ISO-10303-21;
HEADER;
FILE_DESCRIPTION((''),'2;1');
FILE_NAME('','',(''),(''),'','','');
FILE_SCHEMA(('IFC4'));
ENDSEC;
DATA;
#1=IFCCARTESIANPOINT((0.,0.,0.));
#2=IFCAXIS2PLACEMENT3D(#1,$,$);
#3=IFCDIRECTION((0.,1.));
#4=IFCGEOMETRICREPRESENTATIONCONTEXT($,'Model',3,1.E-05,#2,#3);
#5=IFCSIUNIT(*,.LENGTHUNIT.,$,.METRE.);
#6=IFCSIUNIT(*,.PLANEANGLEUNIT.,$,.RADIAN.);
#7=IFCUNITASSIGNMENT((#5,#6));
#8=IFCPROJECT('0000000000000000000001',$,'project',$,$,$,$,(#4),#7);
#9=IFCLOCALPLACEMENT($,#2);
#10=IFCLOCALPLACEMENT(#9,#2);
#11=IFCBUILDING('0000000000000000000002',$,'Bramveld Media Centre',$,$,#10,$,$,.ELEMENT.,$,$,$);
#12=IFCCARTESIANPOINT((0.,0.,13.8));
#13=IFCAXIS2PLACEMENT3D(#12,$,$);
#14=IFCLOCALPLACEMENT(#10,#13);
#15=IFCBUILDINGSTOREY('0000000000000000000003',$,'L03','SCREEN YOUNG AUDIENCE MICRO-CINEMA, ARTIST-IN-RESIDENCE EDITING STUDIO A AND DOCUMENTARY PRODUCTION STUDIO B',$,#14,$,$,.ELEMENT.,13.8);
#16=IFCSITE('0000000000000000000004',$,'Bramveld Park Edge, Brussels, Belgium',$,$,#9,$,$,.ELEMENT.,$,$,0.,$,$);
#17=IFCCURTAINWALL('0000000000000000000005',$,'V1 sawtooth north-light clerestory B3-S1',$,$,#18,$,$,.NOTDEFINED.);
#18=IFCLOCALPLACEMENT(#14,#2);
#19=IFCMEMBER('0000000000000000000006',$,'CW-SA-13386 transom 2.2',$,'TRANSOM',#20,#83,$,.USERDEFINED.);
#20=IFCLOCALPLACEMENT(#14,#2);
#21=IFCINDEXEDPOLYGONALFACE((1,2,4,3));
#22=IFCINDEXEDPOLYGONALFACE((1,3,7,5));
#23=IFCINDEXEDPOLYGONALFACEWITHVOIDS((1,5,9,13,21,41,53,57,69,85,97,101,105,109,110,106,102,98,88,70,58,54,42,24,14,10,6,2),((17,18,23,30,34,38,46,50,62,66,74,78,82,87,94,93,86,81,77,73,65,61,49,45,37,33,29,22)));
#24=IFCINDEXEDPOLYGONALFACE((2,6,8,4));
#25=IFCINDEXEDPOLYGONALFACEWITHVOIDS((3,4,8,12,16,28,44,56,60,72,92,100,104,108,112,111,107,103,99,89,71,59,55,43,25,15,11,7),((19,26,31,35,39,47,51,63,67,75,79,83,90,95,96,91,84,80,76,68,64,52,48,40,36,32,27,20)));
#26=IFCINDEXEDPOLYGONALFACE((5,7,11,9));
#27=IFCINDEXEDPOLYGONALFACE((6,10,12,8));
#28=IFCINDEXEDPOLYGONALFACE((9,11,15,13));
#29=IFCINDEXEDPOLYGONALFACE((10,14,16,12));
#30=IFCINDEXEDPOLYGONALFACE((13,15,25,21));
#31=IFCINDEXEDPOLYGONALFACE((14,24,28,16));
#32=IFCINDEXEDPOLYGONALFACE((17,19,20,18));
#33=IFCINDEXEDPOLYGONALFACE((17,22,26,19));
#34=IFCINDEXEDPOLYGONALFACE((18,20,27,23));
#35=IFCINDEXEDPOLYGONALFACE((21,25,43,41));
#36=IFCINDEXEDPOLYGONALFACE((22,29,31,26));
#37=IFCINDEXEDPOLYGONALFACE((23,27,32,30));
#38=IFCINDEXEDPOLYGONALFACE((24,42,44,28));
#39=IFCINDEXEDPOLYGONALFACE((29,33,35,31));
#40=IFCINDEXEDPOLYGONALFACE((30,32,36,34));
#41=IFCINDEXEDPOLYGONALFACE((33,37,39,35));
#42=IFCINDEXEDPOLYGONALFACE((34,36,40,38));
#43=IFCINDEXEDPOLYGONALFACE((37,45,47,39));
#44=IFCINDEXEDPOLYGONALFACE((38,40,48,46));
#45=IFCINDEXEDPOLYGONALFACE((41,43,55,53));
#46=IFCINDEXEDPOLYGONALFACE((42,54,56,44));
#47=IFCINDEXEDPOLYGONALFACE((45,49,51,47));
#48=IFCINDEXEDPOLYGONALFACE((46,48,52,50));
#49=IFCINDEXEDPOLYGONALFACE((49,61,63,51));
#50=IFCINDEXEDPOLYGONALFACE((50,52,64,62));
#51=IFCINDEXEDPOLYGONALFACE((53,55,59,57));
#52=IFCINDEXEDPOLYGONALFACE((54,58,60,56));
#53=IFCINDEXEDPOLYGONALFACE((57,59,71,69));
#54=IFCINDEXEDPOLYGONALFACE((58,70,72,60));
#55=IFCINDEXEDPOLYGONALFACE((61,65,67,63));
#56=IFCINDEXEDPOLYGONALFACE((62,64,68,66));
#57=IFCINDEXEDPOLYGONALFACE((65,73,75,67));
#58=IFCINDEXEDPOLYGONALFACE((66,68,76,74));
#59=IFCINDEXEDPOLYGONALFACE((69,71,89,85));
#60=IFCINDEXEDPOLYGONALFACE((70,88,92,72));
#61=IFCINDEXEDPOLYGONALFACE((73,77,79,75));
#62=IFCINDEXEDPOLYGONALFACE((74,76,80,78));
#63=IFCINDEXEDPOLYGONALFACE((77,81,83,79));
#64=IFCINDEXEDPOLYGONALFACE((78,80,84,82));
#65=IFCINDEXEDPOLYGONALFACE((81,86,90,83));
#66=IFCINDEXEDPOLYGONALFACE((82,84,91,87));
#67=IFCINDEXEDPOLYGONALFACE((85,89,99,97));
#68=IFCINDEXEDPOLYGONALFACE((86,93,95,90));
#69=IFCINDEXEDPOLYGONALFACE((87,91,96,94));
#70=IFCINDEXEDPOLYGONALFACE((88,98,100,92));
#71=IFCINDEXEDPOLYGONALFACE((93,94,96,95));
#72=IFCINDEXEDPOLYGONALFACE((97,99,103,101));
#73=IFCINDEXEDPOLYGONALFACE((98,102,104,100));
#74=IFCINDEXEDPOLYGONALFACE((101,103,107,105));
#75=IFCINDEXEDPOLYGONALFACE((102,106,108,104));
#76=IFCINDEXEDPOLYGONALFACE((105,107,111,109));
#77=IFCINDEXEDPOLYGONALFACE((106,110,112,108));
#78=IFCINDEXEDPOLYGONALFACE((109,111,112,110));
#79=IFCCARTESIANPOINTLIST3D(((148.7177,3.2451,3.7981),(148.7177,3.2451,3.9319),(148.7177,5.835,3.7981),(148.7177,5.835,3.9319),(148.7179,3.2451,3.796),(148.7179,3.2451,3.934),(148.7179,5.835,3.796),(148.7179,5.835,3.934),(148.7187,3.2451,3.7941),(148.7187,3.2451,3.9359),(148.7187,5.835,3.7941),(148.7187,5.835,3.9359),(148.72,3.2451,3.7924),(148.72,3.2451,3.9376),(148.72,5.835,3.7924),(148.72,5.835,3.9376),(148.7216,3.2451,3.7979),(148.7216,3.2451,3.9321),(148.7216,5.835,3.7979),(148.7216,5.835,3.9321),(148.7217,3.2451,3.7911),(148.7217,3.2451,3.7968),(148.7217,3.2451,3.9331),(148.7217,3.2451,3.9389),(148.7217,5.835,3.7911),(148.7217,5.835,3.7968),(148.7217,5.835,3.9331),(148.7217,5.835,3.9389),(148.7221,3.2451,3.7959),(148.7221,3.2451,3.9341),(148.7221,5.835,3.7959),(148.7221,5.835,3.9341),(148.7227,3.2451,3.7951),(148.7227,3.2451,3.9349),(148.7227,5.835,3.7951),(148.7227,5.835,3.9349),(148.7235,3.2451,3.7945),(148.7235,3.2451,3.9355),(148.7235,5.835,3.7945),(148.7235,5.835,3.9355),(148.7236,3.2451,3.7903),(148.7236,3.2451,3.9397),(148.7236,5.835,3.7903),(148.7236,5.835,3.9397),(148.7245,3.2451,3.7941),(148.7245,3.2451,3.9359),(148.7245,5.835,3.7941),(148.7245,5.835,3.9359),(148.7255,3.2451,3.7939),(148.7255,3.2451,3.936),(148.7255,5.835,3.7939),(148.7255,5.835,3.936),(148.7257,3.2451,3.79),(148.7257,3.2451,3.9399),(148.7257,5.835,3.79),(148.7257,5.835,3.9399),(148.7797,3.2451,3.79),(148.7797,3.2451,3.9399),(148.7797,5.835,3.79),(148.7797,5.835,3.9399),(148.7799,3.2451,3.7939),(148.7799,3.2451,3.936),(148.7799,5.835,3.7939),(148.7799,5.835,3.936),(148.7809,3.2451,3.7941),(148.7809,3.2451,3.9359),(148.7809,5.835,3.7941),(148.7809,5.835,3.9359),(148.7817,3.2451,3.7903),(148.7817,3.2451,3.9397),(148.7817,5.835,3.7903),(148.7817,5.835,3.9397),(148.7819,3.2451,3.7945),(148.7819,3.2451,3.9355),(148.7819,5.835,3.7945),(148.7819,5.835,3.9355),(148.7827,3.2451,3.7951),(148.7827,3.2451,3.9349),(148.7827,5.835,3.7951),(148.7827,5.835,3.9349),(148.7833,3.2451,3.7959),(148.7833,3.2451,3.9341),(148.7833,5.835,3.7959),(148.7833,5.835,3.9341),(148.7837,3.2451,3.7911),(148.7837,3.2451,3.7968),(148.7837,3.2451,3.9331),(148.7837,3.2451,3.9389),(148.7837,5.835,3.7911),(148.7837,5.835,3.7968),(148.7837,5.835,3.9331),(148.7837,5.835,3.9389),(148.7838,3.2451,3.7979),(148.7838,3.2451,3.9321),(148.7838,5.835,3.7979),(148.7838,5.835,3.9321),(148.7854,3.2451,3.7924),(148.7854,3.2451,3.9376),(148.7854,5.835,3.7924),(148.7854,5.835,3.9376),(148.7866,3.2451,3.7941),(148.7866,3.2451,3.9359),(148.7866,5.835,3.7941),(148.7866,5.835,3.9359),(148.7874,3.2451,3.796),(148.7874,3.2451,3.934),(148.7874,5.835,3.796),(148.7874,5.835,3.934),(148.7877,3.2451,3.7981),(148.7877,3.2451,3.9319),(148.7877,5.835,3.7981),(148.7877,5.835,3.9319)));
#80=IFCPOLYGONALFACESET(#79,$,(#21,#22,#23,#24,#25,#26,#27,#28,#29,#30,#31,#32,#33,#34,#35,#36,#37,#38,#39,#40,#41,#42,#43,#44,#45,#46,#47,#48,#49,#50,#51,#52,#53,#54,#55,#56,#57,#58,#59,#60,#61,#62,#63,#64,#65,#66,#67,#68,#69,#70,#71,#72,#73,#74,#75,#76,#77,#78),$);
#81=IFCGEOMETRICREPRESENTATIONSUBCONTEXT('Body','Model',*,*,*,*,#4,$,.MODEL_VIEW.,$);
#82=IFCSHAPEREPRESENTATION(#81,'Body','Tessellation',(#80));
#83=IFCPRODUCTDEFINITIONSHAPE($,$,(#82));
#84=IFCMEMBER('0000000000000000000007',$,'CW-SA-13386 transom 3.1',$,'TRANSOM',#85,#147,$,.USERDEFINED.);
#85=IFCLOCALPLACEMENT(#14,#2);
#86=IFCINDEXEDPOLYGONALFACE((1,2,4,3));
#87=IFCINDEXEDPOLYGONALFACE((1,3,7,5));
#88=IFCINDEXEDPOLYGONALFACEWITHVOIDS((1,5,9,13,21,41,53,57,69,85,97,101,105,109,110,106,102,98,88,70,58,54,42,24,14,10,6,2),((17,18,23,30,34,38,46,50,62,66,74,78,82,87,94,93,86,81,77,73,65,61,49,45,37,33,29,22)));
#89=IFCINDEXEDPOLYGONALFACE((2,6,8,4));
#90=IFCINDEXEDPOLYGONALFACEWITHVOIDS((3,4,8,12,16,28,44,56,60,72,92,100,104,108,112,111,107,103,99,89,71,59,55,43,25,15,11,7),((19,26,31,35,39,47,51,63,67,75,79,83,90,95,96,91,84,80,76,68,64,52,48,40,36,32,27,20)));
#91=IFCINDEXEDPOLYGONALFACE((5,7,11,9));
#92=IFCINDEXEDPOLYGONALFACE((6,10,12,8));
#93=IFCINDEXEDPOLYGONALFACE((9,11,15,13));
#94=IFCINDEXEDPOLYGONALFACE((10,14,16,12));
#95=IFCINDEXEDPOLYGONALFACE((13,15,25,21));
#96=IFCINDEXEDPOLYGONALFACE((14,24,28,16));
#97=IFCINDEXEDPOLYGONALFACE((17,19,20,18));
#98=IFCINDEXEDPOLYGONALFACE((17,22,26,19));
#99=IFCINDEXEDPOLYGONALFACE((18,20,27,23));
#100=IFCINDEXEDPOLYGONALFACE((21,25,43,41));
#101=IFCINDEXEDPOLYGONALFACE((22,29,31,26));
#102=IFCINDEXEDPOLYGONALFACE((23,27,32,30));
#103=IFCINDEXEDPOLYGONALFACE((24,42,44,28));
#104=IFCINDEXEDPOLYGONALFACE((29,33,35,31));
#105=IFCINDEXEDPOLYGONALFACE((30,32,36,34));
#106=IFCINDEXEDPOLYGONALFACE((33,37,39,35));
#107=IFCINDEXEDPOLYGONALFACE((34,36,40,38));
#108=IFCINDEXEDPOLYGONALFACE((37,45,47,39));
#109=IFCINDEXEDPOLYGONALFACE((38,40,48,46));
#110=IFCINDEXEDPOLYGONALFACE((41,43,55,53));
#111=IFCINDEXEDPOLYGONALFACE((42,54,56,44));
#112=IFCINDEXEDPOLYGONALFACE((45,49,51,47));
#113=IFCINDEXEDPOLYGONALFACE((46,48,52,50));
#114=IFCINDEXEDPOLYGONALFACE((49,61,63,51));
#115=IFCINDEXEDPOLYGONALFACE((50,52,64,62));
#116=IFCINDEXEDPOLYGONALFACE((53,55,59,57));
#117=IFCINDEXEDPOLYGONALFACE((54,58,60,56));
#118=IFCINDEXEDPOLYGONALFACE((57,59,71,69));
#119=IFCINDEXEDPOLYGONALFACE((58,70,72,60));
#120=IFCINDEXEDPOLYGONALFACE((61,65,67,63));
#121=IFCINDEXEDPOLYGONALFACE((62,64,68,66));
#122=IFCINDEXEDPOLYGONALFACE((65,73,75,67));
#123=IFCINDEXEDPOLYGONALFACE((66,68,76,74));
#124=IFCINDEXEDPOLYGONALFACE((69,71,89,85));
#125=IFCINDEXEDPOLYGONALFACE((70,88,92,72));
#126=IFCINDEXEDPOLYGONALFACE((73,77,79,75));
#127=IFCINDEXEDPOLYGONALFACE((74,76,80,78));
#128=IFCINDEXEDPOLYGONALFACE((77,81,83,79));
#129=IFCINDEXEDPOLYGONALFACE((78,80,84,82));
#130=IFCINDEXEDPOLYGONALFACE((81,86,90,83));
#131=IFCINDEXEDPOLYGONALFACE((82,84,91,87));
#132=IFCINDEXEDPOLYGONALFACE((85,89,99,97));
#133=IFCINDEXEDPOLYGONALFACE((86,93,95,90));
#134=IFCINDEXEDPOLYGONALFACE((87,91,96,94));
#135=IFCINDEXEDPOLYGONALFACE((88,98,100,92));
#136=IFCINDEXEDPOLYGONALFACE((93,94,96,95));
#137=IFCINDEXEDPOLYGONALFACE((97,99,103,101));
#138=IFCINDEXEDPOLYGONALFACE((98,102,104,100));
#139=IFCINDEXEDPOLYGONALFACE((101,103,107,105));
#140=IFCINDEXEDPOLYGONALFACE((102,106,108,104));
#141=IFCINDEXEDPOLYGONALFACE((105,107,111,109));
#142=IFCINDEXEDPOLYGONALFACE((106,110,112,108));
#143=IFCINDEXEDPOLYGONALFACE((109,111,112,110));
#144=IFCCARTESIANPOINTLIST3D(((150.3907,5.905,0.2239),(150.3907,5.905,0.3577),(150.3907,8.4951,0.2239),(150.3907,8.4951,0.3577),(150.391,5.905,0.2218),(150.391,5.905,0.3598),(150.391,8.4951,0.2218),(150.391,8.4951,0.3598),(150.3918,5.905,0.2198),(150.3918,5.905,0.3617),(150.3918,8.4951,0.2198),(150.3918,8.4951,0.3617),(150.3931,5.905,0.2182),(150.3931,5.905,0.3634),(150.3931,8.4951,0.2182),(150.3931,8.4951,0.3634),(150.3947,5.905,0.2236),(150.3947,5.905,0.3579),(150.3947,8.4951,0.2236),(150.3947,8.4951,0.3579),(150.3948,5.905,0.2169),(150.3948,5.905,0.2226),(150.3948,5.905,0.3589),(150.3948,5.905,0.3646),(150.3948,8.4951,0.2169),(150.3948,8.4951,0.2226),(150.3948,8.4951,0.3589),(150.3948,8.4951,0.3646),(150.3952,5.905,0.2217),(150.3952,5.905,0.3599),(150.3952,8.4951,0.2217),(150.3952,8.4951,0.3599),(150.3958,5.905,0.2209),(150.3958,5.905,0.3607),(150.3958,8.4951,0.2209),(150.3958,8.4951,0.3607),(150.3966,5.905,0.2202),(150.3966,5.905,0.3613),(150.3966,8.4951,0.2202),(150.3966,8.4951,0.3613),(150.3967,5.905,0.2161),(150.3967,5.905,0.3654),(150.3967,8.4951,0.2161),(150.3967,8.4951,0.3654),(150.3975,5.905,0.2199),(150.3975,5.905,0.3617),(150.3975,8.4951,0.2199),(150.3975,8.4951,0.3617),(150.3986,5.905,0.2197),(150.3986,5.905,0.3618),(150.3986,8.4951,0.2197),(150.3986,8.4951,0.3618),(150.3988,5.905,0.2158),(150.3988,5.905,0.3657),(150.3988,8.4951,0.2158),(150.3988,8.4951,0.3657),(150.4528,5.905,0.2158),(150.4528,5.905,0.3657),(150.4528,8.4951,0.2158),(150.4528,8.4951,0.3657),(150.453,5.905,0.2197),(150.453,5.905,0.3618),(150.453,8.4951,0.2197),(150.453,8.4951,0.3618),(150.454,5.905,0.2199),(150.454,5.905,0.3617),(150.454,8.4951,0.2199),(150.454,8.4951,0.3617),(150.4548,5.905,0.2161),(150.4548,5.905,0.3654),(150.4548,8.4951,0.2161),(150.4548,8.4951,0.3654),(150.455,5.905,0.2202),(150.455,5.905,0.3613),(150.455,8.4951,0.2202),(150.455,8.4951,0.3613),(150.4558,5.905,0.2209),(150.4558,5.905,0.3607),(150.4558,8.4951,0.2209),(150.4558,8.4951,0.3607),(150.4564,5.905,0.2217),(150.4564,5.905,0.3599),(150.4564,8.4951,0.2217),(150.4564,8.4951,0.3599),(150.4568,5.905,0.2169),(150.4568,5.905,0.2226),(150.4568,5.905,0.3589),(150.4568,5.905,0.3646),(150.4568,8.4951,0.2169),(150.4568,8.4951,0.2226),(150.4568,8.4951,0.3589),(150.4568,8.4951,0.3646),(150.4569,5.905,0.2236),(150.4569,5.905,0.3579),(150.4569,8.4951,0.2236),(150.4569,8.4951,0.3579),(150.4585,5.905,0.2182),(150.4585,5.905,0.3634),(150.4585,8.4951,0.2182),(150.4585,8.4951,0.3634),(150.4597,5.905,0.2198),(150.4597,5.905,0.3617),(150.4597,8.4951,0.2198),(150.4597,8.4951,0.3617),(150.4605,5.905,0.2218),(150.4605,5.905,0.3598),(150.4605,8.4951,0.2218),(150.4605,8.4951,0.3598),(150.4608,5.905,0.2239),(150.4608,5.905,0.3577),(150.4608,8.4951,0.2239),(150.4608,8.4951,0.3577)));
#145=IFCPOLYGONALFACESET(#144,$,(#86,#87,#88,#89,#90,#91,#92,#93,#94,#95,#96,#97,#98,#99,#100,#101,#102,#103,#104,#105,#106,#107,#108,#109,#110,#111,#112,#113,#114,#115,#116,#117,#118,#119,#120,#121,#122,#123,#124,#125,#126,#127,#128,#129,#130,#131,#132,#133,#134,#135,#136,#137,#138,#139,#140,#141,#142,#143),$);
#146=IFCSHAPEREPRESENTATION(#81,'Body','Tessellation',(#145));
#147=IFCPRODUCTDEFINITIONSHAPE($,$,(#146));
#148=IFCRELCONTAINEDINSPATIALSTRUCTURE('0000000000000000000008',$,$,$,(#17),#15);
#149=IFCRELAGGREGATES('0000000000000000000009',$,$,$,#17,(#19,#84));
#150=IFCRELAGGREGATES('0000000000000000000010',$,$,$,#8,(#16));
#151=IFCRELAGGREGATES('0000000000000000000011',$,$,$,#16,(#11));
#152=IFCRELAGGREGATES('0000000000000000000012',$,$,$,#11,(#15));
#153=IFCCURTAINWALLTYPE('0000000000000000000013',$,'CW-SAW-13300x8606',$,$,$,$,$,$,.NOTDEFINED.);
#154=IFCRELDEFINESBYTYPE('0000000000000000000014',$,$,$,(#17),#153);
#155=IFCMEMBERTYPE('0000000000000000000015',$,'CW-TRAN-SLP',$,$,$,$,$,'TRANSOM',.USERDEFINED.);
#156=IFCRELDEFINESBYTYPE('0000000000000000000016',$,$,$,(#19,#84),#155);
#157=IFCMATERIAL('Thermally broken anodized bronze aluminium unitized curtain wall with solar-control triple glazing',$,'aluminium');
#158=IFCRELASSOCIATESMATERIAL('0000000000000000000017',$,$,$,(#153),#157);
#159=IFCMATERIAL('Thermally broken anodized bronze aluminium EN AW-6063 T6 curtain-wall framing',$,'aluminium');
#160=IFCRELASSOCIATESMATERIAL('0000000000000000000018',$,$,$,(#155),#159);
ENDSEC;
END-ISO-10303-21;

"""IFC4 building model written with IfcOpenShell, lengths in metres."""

from ifc_helpers import new_model, si_unit, direction, frame, origin, origin_2d, place, context, subcontext, project, spatial, hollow_rectangle, extrude, material, material_profile, profile_set, type_object, element, aggregate, save


model = new_model("IFC4")

# Units and contexts
model_context = context("Model", 3, precision=1e-05, world=origin(), true_north=direction((0.0, 1.0)))
body_context = subcontext(model_context, "Body", "Model", "MODEL_VIEW")
ifc_project = project(units=[si_unit("LENGTHUNIT", "METRE"), si_unit("PLANEANGLEUNIT", "RADIAN")], contexts=[model_context])

# Site, building, storey
site_placement = place(None, origin())
site = spatial("IfcSite", under=ifc_project, at=site_placement, Name="Bramveld Park Edge, Brussels, Belgium", CompositionType="ELEMENT", RefElevation=0.0)
building_placement = place(site_placement, origin())
building = spatial("IfcBuilding", under=site, at=building_placement, Name="Bramveld Media Centre", CompositionType="ELEMENT")
storey_placement = place(building_placement, frame((0.0, 0.0, 13.8)))
storey = spatial("IfcBuildingStorey", under=building, at=storey_placement, Name="L03", Description="SCREEN YOUNG AUDIENCE MICRO-CINEMA, ARTIST-IN-RESIDENCE EDITING STUDIO A AND DOCUMENTARY PRODUCTION STUDIO B", CompositionType="ELEMENT", Elevation=13.8)

# Curtain wall, members
ifc_material_1 = material(Name="Thermally broken anodized bronze aluminium unitized curtain wall with solar-control triple glazing", Category="aluminium")
curtain_wall_type = type_object("IfcCurtainWallType", Name="CW-SAW-13300x8606", PredefinedType="NOTDEFINED", material=ifc_material_1)
curtain_wall_placement = place(storey_placement, origin())
curtain_wall = element("IfcCurtainWall", 1, at=curtain_wall_placement, inside=storey, type_object=curtain_wall_type, Name="V1 sawtooth north-light clerestory B3-S1", PredefinedType="NOTDEFINED")
ifc_material_2 = material(Name="Thermally broken anodized bronze aluminium EN AW-6063 T6 curtain-wall framing", Category="aluminium")
ifc_material_profile_1 = material_profile(ifc_material_2, hollow_rectangle(XDim=0.0701, YDim=0.1499, WallThickness=0.0039, InnerFilletRadius=0.0039, OuterFilletRadius=0.0081, at=origin_2d()), Name="AL-TRAN 70x150")
ifc_profile_set_1 = profile_set([ifc_material_profile_1], Name="Thermally broken anodized bronze aluminium EN AW-6063 T6 curtain-wall framing")
member_type_1 = type_object("IfcMemberType", Name="CW-TRAN-SLP", ElementType="TRANSOM", PredefinedType="USERDEFINED", material=ifc_profile_set_1)
member_1_placement = place(storey_placement, frame((148.7527, 3.2451, 3.865), z_axis=(0.0, 1.0, 0.0), x_axis=(-1.0, 0.0, 0.0)))
member_1 = element("IfcMember", 2, at=member_1_placement, type_object=member_type_1, Name="CW-SA-13386 transom 2.2", ObjectType="TRANSOM", PredefinedType="USERDEFINED", context=body_context, shape_type="SweptSolid", body=[
    extrude(hollow_rectangle(XDim=0.0701, YDim=0.1499, WallThickness=0.0039, InnerFilletRadius=0.0039, OuterFilletRadius=0.0081, at=origin_2d()), origin(), (0.0, 0.0, 1.0), 2.5898),
])
member_2_placement = place(storey_placement, frame((150.4258, 5.905, 0.2908), z_axis=(0.0, 1.0, 0.0), x_axis=(-1.0, 0.0, 0.0)))
member_2 = element("IfcMember", 3, at=member_2_placement, type_object=member_type_1, Name="CW-SA-13386 transom 3.1", ObjectType="TRANSOM", PredefinedType="USERDEFINED", context=body_context, shape_type="SweptSolid", body=[
    extrude(hollow_rectangle(XDim=0.0701, YDim=0.1499, WallThickness=0.0039, InnerFilletRadius=0.0039, OuterFilletRadius=0.0081, at=origin_2d()), origin(), (0.0, 0.0, 1.0), 2.5901),
])

aggregate(curtain_wall, [member_1, member_2])

save(model, "model.ifc")
